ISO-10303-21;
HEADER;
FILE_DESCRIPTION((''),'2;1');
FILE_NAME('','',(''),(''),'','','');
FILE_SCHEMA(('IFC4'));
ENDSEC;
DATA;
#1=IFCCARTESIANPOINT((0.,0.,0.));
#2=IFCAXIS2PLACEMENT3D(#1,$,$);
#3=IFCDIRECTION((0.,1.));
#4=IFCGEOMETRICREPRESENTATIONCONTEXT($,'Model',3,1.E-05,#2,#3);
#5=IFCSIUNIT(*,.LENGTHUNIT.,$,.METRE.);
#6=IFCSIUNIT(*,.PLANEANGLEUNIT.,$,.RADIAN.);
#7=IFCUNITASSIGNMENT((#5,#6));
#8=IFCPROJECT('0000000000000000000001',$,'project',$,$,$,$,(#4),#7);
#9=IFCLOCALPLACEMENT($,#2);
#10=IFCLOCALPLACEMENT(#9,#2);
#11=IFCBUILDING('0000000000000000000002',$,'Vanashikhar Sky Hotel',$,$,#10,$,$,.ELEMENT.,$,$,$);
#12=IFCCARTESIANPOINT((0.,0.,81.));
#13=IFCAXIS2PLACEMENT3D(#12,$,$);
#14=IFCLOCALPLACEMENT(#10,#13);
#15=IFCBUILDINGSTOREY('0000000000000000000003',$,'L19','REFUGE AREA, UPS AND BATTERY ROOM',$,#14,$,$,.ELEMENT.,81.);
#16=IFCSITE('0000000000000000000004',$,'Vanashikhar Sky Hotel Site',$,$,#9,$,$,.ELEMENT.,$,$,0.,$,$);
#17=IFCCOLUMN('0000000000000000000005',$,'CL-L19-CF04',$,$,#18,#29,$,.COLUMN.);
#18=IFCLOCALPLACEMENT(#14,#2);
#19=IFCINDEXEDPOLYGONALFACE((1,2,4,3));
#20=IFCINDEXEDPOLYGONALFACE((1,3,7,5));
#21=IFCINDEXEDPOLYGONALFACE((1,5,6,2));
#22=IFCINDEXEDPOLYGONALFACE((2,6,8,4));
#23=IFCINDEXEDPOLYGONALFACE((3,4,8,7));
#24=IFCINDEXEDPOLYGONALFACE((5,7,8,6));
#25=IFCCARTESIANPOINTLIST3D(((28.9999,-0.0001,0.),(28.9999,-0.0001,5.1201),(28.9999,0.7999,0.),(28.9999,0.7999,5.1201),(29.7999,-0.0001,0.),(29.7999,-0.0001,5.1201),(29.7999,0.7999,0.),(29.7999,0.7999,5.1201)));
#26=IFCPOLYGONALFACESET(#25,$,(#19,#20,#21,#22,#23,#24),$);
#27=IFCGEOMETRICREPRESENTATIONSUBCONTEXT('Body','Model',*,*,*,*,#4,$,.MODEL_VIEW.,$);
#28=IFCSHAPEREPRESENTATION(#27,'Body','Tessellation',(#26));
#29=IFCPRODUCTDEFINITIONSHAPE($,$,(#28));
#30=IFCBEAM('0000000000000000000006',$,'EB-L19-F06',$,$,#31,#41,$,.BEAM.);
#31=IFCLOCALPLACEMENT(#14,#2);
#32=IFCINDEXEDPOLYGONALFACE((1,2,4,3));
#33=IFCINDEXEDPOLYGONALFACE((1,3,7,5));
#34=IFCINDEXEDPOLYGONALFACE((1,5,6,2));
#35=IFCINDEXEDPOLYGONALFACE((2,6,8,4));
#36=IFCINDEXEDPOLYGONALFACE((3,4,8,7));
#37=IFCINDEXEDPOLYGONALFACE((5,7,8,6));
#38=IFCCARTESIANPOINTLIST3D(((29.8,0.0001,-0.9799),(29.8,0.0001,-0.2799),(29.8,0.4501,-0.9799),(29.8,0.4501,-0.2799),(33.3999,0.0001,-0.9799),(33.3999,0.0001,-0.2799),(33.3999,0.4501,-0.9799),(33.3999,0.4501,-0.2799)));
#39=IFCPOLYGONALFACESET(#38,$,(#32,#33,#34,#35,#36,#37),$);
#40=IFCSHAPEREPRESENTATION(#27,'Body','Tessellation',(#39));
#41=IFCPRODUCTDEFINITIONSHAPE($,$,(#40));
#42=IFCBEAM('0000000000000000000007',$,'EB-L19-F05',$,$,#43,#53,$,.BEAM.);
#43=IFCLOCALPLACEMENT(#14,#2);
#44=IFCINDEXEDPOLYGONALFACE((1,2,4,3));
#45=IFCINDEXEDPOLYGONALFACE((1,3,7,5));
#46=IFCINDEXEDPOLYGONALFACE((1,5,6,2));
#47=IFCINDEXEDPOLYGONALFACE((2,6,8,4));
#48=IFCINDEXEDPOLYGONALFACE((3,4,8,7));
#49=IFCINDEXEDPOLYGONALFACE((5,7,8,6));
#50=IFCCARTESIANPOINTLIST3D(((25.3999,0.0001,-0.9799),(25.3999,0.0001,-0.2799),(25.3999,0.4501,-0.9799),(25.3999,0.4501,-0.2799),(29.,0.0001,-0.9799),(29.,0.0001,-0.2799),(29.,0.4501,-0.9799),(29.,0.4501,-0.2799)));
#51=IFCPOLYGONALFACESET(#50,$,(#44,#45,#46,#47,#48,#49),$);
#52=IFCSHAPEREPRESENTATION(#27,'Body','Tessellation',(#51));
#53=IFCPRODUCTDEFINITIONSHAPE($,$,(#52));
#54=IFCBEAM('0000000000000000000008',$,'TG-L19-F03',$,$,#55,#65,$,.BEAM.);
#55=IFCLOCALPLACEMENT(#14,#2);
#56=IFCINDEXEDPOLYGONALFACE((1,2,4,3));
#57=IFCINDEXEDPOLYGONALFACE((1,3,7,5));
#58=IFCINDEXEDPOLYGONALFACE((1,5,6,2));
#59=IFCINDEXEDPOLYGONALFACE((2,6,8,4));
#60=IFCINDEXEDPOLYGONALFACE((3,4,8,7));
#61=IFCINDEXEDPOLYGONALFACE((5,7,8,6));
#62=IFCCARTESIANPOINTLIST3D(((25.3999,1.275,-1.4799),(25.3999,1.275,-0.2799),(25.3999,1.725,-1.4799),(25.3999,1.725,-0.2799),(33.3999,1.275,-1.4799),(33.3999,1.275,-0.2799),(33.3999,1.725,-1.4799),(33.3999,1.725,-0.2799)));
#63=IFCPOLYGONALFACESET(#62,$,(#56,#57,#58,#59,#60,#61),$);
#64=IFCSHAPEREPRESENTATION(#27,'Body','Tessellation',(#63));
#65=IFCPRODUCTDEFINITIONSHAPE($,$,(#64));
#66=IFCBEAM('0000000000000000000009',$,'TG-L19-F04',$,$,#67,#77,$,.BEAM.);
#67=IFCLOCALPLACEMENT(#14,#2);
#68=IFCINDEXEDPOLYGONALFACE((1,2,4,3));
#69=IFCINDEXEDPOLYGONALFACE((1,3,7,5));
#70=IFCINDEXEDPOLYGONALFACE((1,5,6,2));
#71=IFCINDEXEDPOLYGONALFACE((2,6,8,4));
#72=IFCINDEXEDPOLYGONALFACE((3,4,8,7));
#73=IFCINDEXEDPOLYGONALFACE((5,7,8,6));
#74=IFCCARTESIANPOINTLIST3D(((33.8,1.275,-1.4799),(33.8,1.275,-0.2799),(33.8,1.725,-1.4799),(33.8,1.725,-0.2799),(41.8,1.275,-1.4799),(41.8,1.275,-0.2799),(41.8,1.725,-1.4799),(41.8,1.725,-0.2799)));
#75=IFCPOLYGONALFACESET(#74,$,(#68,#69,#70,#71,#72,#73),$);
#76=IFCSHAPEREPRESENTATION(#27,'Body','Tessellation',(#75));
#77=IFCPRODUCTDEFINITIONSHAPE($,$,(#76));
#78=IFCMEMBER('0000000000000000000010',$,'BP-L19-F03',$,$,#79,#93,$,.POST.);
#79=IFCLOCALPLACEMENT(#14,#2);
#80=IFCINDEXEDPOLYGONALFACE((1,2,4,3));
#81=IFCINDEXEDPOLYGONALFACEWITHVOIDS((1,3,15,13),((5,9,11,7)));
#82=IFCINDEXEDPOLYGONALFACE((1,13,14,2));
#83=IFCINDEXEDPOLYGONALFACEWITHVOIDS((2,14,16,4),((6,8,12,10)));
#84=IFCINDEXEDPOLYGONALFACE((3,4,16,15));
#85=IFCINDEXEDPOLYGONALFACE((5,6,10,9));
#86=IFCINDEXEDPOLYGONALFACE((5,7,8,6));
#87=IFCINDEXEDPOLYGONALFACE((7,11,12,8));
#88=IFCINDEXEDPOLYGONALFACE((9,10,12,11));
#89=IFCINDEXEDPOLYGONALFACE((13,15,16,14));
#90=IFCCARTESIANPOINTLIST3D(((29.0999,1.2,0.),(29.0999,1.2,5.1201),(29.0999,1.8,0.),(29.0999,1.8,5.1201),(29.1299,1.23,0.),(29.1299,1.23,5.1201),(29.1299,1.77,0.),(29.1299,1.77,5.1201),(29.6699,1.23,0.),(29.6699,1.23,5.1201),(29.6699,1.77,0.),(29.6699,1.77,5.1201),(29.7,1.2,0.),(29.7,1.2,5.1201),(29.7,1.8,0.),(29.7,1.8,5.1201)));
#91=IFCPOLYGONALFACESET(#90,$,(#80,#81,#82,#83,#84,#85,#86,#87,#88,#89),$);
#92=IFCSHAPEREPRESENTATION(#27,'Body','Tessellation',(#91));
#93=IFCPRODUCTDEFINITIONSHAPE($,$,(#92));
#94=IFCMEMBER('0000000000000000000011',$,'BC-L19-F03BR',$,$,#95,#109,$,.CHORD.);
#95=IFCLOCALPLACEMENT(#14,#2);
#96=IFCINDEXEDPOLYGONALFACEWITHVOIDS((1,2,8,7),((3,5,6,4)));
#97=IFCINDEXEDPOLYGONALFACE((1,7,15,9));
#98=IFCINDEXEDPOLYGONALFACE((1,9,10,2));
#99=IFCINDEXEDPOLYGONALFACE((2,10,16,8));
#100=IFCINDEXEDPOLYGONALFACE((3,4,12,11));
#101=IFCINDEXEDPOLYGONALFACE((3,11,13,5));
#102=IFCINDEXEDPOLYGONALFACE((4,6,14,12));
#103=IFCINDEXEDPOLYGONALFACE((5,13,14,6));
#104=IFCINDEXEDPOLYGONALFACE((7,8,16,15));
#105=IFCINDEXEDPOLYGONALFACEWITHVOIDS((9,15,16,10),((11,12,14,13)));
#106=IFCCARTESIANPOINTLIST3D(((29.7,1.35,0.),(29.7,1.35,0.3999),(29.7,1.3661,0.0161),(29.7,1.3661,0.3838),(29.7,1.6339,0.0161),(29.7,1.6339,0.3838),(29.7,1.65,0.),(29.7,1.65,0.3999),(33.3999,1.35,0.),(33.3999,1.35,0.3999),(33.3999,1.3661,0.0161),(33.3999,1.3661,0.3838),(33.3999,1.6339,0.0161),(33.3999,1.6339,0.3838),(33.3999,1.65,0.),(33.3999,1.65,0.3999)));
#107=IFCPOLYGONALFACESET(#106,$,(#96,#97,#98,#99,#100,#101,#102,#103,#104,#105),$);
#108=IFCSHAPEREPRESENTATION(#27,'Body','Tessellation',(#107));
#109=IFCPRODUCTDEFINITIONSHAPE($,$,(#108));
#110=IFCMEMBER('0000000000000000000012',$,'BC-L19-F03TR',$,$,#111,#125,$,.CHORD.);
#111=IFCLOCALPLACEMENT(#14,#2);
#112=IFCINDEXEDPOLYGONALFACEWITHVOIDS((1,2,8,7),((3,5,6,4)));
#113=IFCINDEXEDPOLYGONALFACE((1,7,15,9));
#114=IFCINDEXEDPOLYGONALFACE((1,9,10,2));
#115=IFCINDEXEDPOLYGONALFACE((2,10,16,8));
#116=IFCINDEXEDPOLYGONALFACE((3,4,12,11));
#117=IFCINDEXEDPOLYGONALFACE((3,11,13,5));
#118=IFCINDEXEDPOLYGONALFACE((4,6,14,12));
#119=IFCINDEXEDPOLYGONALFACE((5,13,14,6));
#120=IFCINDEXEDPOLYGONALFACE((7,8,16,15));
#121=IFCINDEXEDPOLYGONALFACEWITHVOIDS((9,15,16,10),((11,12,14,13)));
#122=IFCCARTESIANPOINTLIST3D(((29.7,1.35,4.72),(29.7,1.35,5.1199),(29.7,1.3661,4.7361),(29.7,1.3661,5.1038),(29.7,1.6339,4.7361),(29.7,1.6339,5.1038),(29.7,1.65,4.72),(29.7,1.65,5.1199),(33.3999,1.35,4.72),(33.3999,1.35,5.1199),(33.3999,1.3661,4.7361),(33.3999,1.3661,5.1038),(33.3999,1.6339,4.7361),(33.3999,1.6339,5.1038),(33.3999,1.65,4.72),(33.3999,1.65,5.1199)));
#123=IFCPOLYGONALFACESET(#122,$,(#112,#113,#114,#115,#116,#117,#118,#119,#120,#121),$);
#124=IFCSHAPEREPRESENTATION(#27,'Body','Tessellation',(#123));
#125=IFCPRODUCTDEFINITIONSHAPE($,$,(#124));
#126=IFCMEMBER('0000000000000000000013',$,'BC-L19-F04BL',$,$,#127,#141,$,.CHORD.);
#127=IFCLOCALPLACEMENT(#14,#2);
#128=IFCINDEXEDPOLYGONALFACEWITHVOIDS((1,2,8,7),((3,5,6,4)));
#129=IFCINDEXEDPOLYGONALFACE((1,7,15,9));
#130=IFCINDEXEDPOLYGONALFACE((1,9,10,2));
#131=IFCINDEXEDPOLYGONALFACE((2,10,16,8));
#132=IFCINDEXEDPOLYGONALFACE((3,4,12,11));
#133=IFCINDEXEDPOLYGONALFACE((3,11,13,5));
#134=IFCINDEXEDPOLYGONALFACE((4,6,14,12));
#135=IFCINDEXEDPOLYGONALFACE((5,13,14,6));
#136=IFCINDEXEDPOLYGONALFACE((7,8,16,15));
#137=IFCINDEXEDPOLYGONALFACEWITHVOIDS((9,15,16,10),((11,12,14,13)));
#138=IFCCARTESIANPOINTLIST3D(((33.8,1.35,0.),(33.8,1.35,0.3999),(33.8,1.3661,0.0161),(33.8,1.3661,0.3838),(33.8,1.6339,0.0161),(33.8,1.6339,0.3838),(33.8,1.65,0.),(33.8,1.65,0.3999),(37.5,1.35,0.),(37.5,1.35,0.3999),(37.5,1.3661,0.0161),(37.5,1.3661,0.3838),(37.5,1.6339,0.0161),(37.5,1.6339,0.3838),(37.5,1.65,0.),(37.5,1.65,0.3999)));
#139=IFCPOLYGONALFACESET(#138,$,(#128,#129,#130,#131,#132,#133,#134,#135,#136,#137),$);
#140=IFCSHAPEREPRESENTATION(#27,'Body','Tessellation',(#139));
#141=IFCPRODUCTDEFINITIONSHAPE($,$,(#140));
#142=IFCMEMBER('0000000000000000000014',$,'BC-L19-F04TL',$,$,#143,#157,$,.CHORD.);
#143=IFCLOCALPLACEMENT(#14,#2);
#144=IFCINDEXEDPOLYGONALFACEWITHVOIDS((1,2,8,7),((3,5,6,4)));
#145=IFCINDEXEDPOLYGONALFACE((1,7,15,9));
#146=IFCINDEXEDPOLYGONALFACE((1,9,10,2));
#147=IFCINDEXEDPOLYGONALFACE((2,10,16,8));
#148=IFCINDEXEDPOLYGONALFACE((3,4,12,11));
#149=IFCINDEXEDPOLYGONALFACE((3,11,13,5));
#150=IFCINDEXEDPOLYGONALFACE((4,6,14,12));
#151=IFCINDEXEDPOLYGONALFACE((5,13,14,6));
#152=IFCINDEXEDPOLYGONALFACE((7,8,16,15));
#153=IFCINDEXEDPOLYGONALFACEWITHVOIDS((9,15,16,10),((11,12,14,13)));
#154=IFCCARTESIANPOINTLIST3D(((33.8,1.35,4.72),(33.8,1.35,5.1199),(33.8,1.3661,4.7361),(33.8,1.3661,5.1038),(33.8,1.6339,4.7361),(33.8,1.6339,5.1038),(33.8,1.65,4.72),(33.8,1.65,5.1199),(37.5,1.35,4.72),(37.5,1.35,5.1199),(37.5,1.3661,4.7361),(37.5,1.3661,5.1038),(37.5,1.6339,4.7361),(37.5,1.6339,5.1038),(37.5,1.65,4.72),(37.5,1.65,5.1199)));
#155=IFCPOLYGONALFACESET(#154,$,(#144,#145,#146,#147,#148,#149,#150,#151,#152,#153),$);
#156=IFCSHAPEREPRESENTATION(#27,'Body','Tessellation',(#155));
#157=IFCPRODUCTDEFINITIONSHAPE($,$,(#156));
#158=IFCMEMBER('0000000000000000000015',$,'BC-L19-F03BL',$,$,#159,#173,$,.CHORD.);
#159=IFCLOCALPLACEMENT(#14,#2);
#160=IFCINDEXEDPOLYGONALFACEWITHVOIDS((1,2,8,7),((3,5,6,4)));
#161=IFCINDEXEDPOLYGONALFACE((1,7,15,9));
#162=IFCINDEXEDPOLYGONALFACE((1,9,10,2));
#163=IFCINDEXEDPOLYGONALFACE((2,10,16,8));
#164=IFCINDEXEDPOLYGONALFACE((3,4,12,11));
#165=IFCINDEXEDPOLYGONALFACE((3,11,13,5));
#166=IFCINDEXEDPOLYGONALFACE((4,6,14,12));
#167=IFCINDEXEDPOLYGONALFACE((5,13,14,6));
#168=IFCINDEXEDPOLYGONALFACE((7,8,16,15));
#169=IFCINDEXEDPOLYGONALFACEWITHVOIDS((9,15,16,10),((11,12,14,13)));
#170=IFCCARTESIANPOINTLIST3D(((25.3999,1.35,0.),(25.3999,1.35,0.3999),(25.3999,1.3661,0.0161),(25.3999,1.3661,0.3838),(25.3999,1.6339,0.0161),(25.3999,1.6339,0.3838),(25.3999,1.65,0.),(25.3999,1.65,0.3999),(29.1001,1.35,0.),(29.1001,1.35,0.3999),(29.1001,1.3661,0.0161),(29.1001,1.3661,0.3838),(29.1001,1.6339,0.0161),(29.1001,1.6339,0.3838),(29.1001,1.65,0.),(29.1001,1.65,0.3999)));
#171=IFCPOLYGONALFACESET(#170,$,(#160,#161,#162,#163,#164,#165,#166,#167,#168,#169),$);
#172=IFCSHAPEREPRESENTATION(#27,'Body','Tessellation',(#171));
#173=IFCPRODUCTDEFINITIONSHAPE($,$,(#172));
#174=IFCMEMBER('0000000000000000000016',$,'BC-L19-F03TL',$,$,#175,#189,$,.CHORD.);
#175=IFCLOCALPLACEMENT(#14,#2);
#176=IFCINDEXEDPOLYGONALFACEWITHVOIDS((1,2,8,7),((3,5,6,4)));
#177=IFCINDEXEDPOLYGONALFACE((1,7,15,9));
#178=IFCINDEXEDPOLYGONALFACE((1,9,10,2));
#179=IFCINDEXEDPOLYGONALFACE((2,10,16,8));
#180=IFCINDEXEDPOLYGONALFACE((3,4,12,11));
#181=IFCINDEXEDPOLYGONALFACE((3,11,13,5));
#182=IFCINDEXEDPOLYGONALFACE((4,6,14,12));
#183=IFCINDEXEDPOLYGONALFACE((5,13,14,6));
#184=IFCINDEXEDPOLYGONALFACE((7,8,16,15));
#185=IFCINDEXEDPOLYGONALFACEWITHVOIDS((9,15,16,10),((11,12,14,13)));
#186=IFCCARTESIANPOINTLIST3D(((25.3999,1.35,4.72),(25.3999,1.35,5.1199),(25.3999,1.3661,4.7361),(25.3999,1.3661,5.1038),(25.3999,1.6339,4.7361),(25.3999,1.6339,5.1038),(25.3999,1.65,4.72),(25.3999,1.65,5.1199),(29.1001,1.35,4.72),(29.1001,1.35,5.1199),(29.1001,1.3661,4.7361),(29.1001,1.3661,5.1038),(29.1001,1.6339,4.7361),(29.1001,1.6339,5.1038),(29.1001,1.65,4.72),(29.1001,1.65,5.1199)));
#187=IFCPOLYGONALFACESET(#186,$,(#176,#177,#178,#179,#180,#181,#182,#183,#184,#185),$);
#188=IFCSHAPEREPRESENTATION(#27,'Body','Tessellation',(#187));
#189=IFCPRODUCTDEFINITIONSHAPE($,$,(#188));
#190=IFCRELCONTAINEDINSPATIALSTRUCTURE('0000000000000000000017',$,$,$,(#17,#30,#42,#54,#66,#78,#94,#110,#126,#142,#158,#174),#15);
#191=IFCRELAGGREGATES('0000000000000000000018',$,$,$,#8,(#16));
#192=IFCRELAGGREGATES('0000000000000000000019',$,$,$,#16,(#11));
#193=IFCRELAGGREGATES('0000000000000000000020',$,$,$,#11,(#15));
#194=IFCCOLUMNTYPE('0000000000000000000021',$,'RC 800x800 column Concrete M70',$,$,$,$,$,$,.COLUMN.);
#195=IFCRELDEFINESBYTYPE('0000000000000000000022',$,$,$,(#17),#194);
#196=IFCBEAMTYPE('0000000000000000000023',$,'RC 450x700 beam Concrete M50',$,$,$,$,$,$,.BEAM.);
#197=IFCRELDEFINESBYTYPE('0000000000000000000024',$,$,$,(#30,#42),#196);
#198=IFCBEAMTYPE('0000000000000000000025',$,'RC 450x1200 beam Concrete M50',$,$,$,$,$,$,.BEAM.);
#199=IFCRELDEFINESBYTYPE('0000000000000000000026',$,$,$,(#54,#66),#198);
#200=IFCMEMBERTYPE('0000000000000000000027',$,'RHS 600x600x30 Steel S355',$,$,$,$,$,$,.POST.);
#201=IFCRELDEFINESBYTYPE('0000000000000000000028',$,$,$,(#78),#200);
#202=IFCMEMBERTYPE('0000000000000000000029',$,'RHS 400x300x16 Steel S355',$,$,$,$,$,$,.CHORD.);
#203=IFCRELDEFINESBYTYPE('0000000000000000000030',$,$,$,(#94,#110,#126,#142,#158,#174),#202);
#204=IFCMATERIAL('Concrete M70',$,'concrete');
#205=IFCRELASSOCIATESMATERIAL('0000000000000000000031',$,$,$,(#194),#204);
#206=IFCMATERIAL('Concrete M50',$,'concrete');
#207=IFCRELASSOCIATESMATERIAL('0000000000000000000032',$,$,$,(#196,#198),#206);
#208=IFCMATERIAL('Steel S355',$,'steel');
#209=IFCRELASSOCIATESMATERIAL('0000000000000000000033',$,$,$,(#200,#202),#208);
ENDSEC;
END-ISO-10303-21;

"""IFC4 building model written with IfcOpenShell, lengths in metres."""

from ifc_helpers import new_model, si_unit, direction, frame, origin, origin_2d, place, context, subcontext, project, spatial, rectangle, hollow_rectangle, extrude, source, transform, mapped, material, material_profile, profile_set, type_object, element, save


model = new_model("IFC4")

# Units and contexts
model_context = context("Model", 3, precision=1e-05, world=origin(), true_north=direction((0.0, 1.0)))
body_context = subcontext(model_context, "Body", "Model", "MODEL_VIEW")
ifc_project = project(units=[si_unit("LENGTHUNIT", "METRE"), si_unit("PLANEANGLEUNIT", "RADIAN")], contexts=[model_context])

# Site, building, storey
site_placement = place(None, origin())
site = spatial("IfcSite", under=ifc_project, at=site_placement, Name="Vanashikhar Sky Hotel Site", CompositionType="ELEMENT", RefElevation=0.0)
building_placement = place(site_placement, origin())
building = spatial("IfcBuilding", under=site, at=building_placement, Name="Vanashikhar Sky Hotel", CompositionType="ELEMENT")
storey_placement = place(building_placement, frame((0.0, 0.0, 81.0)))
storey = spatial("IfcBuildingStorey", under=building, at=storey_placement, Name="L19", Description="REFUGE AREA, UPS AND BATTERY ROOM", CompositionType="ELEMENT", Elevation=81.0)

# Column
ifc_material_1 = material(Name="Concrete M70", Category="concrete")
ifc_material_profile_1 = material_profile(ifc_material_1, rectangle(XDim=0.8, YDim=0.8, at=origin_2d()))
ifc_profile_set_1 = profile_set([ifc_material_profile_1], Name="RC 800x800 column Concrete M70")
column_type = type_object("IfcColumnType", Name="RC 800x800 column Concrete M70", PredefinedType="COLUMN", material=ifc_profile_set_1)
shared_shape_1 = source(origin(), body_context, "Body", "SweptSolid", [
    extrude(rectangle(XDim=0.8, YDim=0.8, at=origin_2d()), origin(), (0.0, 0.0, 1.0), 5.1201),
])
column_placement = place(storey_placement, frame((29.3999, 0.3999, 0.0), z_axis=(0.0, 0.0, 1.0), x_axis=(1.0, 0.0, 0.0)))
element("IfcColumn", 1, at=column_placement, inside=storey, type_object=column_type, Name="CL-L19-CF04", PredefinedType="COLUMN", context=body_context, shape_type="MappedRepresentation", body=[
    mapped(shared_shape_1, transform((0.0, 0.0, 0.0), scale=1.0)),
])

# Beams
ifc_material_2 = material(Name="Concrete M50", Category="concrete")
ifc_material_profile_2 = material_profile(ifc_material_2, rectangle(XDim=0.45, YDim=0.7, at=origin_2d()))
ifc_profile_set_2 = profile_set([ifc_material_profile_2], Name="RC 450x700 beam Concrete M50")
beam_type_1 = type_object("IfcBeamType", Name="RC 450x700 beam Concrete M50", PredefinedType="BEAM", material=ifc_profile_set_2)
shared_shape_2 = source(origin(), body_context, "Body", "SweptSolid", [
    extrude(rectangle(XDim=0.45, YDim=0.7, at=origin_2d()), origin(), (0.0, 0.0, 1.0), 3.5999),
])
beam_1_placement = place(storey_placement, frame((29.8, 0.2251, -0.6299), z_axis=(1.0, 0.0, 0.0), x_axis=(0.0, 1.0, 0.0)))
element("IfcBeam", 2, at=beam_1_placement, inside=storey, type_object=beam_type_1, Name="EB-L19-F06", PredefinedType="BEAM", context=body_context, shape_type="MappedRepresentation", body=[
    mapped(shared_shape_2, transform((0.0, 0.0, 0.0), scale=1.0)),
])
shared_shape_3 = source(origin(), body_context, "Body", "SweptSolid", [
    extrude(rectangle(XDim=0.45, YDim=0.7, at=origin_2d()), origin(), (0.0, 0.0, 1.0), 3.6001),
])
beam_2_placement = place(storey_placement, frame((25.3999, 0.2251, -0.6299), z_axis=(1.0, 0.0, 0.0), x_axis=(0.0, 1.0, 0.0)))
element("IfcBeam", 3, at=beam_2_placement, inside=storey, type_object=beam_type_1, Name="EB-L19-F05", PredefinedType="BEAM", context=body_context, shape_type="MappedRepresentation", body=[
    mapped(shared_shape_3, transform((0.0, 0.0, 0.0), scale=1.0)),
])
ifc_material_profile_3 = material_profile(ifc_material_2, rectangle(XDim=0.45, YDim=1.2, at=origin_2d()))
ifc_profile_set_3 = profile_set([ifc_material_profile_3], Name="RC 450x1200 beam Concrete M50")
beam_type_2 = type_object("IfcBeamType", Name="RC 450x1200 beam Concrete M50", PredefinedType="BEAM", material=ifc_profile_set_3)
shared_shape_4 = source(origin(), body_context, "Body", "SweptSolid", [
    extrude(rectangle(XDim=0.45, YDim=1.2, at=origin_2d()), origin(), (0.0, 0.0, 1.0), 8.0),
])
for number, where, z_axis, x_axis, name in (
    (4, (25.3999, 1.5, -0.8799), (1.0, 0.0, 0.0), (0.0, 1.0, 0.0), "TG-L19-F03"),
    (5, (33.8, 1.5, -0.8799), (1.0, 0.0, 0.0), (0.0, 1.0, 0.0), "TG-L19-F04"),
):
    element("IfcBeam", number, at=place(storey_placement, frame(where, z_axis=z_axis, x_axis=x_axis)), inside=storey, type_object=beam_type_2, Name=name, PredefinedType="BEAM", context=body_context, shape_type="MappedRepresentation", body=[
        mapped(shared_shape_4, transform((0.0, 0.0, 0.0), scale=1.0)),
    ])

# Members
ifc_material_3 = material(Name="Steel S355", Category="steel")
ifc_material_profile_4 = material_profile(ifc_material_3, hollow_rectangle(XDim=0.6001, YDim=0.6001, WallThickness=0.03, at=origin_2d()))
ifc_profile_set_4 = profile_set([ifc_material_profile_4], Name="RHS 600x600x30 Steel S355")
member_type_1 = type_object("IfcMemberType", Name="RHS 600x600x30 Steel S355", PredefinedType="POST", material=ifc_profile_set_4)
shared_shape_5 = source(origin(), body_context, "Body", "SweptSolid", [
    extrude(hollow_rectangle(XDim=0.6001, YDim=0.6001, WallThickness=0.03, at=origin_2d()), origin(), (0.0, 0.0, 1.0), 5.1201),
])
member_placement = place(storey_placement, frame((29.3999, 1.5, 0.0), z_axis=(0.0, 0.0, 1.0), x_axis=(1.0, 0.0, 0.0)))
element("IfcMember", 6, at=member_placement, inside=storey, type_object=member_type_1, Name="BP-L19-F03", PredefinedType="POST", context=body_context, shape_type="MappedRepresentation", body=[
    mapped(shared_shape_5, transform((0.0, 0.0, 0.0), scale=1.0)),
])
ifc_material_profile_5 = material_profile(ifc_material_3, hollow_rectangle(XDim=0.3, YDim=0.3999, WallThickness=0.0161, at=origin_2d()))
ifc_profile_set_5 = profile_set([ifc_material_profile_5], Name="RHS 400x300x16 Steel S355")
member_type_2 = type_object("IfcMemberType", Name="RHS 400x300x16 Steel S355", PredefinedType="CHORD", material=ifc_profile_set_5)
shared_shape_6 = source(origin(), body_context, "Body", "SweptSolid", [
    extrude(hollow_rectangle(XDim=0.3, YDim=0.3999, WallThickness=0.0161, at=origin_2d()), origin(), (0.0, 0.0, 1.0), 3.7),
])
for number, where, z_axis, x_axis, name in (
    (7, (29.7, 1.5, 0.2), (1.0, 0.0, 0.0), (0.0, 1.0, 0.0), "BC-L19-F03BR"),
    (8, (29.7, 1.5, 4.9199), (1.0, 0.0, 0.0), (0.0, 1.0, 0.0), "BC-L19-F03TR"),
    (9, (33.8, 1.5, 0.2), (1.0, 0.0, 0.0), (0.0, 1.0, 0.0), "BC-L19-F04BL"),
    (10, (33.8, 1.5, 4.9199), (1.0, 0.0, 0.0), (0.0, 1.0, 0.0), "BC-L19-F04TL"),
):
    element("IfcMember", number, at=place(storey_placement, frame(where, z_axis=z_axis, x_axis=x_axis)), inside=storey, type_object=member_type_2, Name=name, PredefinedType="CHORD", context=body_context, shape_type="MappedRepresentation", body=[
        mapped(shared_shape_6, transform((0.0, 0.0, 0.0), scale=1.0)),
    ])
shared_shape_7 = source(origin(), body_context, "Body", "SweptSolid", [
    extrude(hollow_rectangle(XDim=0.3, YDim=0.3999, WallThickness=0.0161, at=origin_2d()), origin(), (0.0, 0.0, 1.0), 3.7002),
])
for number, where, z_axis, x_axis, name in (
    (11, (25.3999, 1.5, 0.2), (1.0, 0.0, 0.0), (0.0, 1.0, 0.0), "BC-L19-F03BL"),
    (12, (25.3999, 1.5, 4.9199), (1.0, 0.0, 0.0), (0.0, 1.0, 0.0), "BC-L19-F03TL"),
):
    element("IfcMember", number, at=place(storey_placement, frame(where, z_axis=z_axis, x_axis=x_axis)), inside=storey, type_object=member_type_2, Name=name, PredefinedType="CHORD", context=body_context, shape_type="MappedRepresentation", body=[
        mapped(shared_shape_7, transform((0.0, 0.0, 0.0), scale=1.0)),
    ])

save(model, "model.ifc")
